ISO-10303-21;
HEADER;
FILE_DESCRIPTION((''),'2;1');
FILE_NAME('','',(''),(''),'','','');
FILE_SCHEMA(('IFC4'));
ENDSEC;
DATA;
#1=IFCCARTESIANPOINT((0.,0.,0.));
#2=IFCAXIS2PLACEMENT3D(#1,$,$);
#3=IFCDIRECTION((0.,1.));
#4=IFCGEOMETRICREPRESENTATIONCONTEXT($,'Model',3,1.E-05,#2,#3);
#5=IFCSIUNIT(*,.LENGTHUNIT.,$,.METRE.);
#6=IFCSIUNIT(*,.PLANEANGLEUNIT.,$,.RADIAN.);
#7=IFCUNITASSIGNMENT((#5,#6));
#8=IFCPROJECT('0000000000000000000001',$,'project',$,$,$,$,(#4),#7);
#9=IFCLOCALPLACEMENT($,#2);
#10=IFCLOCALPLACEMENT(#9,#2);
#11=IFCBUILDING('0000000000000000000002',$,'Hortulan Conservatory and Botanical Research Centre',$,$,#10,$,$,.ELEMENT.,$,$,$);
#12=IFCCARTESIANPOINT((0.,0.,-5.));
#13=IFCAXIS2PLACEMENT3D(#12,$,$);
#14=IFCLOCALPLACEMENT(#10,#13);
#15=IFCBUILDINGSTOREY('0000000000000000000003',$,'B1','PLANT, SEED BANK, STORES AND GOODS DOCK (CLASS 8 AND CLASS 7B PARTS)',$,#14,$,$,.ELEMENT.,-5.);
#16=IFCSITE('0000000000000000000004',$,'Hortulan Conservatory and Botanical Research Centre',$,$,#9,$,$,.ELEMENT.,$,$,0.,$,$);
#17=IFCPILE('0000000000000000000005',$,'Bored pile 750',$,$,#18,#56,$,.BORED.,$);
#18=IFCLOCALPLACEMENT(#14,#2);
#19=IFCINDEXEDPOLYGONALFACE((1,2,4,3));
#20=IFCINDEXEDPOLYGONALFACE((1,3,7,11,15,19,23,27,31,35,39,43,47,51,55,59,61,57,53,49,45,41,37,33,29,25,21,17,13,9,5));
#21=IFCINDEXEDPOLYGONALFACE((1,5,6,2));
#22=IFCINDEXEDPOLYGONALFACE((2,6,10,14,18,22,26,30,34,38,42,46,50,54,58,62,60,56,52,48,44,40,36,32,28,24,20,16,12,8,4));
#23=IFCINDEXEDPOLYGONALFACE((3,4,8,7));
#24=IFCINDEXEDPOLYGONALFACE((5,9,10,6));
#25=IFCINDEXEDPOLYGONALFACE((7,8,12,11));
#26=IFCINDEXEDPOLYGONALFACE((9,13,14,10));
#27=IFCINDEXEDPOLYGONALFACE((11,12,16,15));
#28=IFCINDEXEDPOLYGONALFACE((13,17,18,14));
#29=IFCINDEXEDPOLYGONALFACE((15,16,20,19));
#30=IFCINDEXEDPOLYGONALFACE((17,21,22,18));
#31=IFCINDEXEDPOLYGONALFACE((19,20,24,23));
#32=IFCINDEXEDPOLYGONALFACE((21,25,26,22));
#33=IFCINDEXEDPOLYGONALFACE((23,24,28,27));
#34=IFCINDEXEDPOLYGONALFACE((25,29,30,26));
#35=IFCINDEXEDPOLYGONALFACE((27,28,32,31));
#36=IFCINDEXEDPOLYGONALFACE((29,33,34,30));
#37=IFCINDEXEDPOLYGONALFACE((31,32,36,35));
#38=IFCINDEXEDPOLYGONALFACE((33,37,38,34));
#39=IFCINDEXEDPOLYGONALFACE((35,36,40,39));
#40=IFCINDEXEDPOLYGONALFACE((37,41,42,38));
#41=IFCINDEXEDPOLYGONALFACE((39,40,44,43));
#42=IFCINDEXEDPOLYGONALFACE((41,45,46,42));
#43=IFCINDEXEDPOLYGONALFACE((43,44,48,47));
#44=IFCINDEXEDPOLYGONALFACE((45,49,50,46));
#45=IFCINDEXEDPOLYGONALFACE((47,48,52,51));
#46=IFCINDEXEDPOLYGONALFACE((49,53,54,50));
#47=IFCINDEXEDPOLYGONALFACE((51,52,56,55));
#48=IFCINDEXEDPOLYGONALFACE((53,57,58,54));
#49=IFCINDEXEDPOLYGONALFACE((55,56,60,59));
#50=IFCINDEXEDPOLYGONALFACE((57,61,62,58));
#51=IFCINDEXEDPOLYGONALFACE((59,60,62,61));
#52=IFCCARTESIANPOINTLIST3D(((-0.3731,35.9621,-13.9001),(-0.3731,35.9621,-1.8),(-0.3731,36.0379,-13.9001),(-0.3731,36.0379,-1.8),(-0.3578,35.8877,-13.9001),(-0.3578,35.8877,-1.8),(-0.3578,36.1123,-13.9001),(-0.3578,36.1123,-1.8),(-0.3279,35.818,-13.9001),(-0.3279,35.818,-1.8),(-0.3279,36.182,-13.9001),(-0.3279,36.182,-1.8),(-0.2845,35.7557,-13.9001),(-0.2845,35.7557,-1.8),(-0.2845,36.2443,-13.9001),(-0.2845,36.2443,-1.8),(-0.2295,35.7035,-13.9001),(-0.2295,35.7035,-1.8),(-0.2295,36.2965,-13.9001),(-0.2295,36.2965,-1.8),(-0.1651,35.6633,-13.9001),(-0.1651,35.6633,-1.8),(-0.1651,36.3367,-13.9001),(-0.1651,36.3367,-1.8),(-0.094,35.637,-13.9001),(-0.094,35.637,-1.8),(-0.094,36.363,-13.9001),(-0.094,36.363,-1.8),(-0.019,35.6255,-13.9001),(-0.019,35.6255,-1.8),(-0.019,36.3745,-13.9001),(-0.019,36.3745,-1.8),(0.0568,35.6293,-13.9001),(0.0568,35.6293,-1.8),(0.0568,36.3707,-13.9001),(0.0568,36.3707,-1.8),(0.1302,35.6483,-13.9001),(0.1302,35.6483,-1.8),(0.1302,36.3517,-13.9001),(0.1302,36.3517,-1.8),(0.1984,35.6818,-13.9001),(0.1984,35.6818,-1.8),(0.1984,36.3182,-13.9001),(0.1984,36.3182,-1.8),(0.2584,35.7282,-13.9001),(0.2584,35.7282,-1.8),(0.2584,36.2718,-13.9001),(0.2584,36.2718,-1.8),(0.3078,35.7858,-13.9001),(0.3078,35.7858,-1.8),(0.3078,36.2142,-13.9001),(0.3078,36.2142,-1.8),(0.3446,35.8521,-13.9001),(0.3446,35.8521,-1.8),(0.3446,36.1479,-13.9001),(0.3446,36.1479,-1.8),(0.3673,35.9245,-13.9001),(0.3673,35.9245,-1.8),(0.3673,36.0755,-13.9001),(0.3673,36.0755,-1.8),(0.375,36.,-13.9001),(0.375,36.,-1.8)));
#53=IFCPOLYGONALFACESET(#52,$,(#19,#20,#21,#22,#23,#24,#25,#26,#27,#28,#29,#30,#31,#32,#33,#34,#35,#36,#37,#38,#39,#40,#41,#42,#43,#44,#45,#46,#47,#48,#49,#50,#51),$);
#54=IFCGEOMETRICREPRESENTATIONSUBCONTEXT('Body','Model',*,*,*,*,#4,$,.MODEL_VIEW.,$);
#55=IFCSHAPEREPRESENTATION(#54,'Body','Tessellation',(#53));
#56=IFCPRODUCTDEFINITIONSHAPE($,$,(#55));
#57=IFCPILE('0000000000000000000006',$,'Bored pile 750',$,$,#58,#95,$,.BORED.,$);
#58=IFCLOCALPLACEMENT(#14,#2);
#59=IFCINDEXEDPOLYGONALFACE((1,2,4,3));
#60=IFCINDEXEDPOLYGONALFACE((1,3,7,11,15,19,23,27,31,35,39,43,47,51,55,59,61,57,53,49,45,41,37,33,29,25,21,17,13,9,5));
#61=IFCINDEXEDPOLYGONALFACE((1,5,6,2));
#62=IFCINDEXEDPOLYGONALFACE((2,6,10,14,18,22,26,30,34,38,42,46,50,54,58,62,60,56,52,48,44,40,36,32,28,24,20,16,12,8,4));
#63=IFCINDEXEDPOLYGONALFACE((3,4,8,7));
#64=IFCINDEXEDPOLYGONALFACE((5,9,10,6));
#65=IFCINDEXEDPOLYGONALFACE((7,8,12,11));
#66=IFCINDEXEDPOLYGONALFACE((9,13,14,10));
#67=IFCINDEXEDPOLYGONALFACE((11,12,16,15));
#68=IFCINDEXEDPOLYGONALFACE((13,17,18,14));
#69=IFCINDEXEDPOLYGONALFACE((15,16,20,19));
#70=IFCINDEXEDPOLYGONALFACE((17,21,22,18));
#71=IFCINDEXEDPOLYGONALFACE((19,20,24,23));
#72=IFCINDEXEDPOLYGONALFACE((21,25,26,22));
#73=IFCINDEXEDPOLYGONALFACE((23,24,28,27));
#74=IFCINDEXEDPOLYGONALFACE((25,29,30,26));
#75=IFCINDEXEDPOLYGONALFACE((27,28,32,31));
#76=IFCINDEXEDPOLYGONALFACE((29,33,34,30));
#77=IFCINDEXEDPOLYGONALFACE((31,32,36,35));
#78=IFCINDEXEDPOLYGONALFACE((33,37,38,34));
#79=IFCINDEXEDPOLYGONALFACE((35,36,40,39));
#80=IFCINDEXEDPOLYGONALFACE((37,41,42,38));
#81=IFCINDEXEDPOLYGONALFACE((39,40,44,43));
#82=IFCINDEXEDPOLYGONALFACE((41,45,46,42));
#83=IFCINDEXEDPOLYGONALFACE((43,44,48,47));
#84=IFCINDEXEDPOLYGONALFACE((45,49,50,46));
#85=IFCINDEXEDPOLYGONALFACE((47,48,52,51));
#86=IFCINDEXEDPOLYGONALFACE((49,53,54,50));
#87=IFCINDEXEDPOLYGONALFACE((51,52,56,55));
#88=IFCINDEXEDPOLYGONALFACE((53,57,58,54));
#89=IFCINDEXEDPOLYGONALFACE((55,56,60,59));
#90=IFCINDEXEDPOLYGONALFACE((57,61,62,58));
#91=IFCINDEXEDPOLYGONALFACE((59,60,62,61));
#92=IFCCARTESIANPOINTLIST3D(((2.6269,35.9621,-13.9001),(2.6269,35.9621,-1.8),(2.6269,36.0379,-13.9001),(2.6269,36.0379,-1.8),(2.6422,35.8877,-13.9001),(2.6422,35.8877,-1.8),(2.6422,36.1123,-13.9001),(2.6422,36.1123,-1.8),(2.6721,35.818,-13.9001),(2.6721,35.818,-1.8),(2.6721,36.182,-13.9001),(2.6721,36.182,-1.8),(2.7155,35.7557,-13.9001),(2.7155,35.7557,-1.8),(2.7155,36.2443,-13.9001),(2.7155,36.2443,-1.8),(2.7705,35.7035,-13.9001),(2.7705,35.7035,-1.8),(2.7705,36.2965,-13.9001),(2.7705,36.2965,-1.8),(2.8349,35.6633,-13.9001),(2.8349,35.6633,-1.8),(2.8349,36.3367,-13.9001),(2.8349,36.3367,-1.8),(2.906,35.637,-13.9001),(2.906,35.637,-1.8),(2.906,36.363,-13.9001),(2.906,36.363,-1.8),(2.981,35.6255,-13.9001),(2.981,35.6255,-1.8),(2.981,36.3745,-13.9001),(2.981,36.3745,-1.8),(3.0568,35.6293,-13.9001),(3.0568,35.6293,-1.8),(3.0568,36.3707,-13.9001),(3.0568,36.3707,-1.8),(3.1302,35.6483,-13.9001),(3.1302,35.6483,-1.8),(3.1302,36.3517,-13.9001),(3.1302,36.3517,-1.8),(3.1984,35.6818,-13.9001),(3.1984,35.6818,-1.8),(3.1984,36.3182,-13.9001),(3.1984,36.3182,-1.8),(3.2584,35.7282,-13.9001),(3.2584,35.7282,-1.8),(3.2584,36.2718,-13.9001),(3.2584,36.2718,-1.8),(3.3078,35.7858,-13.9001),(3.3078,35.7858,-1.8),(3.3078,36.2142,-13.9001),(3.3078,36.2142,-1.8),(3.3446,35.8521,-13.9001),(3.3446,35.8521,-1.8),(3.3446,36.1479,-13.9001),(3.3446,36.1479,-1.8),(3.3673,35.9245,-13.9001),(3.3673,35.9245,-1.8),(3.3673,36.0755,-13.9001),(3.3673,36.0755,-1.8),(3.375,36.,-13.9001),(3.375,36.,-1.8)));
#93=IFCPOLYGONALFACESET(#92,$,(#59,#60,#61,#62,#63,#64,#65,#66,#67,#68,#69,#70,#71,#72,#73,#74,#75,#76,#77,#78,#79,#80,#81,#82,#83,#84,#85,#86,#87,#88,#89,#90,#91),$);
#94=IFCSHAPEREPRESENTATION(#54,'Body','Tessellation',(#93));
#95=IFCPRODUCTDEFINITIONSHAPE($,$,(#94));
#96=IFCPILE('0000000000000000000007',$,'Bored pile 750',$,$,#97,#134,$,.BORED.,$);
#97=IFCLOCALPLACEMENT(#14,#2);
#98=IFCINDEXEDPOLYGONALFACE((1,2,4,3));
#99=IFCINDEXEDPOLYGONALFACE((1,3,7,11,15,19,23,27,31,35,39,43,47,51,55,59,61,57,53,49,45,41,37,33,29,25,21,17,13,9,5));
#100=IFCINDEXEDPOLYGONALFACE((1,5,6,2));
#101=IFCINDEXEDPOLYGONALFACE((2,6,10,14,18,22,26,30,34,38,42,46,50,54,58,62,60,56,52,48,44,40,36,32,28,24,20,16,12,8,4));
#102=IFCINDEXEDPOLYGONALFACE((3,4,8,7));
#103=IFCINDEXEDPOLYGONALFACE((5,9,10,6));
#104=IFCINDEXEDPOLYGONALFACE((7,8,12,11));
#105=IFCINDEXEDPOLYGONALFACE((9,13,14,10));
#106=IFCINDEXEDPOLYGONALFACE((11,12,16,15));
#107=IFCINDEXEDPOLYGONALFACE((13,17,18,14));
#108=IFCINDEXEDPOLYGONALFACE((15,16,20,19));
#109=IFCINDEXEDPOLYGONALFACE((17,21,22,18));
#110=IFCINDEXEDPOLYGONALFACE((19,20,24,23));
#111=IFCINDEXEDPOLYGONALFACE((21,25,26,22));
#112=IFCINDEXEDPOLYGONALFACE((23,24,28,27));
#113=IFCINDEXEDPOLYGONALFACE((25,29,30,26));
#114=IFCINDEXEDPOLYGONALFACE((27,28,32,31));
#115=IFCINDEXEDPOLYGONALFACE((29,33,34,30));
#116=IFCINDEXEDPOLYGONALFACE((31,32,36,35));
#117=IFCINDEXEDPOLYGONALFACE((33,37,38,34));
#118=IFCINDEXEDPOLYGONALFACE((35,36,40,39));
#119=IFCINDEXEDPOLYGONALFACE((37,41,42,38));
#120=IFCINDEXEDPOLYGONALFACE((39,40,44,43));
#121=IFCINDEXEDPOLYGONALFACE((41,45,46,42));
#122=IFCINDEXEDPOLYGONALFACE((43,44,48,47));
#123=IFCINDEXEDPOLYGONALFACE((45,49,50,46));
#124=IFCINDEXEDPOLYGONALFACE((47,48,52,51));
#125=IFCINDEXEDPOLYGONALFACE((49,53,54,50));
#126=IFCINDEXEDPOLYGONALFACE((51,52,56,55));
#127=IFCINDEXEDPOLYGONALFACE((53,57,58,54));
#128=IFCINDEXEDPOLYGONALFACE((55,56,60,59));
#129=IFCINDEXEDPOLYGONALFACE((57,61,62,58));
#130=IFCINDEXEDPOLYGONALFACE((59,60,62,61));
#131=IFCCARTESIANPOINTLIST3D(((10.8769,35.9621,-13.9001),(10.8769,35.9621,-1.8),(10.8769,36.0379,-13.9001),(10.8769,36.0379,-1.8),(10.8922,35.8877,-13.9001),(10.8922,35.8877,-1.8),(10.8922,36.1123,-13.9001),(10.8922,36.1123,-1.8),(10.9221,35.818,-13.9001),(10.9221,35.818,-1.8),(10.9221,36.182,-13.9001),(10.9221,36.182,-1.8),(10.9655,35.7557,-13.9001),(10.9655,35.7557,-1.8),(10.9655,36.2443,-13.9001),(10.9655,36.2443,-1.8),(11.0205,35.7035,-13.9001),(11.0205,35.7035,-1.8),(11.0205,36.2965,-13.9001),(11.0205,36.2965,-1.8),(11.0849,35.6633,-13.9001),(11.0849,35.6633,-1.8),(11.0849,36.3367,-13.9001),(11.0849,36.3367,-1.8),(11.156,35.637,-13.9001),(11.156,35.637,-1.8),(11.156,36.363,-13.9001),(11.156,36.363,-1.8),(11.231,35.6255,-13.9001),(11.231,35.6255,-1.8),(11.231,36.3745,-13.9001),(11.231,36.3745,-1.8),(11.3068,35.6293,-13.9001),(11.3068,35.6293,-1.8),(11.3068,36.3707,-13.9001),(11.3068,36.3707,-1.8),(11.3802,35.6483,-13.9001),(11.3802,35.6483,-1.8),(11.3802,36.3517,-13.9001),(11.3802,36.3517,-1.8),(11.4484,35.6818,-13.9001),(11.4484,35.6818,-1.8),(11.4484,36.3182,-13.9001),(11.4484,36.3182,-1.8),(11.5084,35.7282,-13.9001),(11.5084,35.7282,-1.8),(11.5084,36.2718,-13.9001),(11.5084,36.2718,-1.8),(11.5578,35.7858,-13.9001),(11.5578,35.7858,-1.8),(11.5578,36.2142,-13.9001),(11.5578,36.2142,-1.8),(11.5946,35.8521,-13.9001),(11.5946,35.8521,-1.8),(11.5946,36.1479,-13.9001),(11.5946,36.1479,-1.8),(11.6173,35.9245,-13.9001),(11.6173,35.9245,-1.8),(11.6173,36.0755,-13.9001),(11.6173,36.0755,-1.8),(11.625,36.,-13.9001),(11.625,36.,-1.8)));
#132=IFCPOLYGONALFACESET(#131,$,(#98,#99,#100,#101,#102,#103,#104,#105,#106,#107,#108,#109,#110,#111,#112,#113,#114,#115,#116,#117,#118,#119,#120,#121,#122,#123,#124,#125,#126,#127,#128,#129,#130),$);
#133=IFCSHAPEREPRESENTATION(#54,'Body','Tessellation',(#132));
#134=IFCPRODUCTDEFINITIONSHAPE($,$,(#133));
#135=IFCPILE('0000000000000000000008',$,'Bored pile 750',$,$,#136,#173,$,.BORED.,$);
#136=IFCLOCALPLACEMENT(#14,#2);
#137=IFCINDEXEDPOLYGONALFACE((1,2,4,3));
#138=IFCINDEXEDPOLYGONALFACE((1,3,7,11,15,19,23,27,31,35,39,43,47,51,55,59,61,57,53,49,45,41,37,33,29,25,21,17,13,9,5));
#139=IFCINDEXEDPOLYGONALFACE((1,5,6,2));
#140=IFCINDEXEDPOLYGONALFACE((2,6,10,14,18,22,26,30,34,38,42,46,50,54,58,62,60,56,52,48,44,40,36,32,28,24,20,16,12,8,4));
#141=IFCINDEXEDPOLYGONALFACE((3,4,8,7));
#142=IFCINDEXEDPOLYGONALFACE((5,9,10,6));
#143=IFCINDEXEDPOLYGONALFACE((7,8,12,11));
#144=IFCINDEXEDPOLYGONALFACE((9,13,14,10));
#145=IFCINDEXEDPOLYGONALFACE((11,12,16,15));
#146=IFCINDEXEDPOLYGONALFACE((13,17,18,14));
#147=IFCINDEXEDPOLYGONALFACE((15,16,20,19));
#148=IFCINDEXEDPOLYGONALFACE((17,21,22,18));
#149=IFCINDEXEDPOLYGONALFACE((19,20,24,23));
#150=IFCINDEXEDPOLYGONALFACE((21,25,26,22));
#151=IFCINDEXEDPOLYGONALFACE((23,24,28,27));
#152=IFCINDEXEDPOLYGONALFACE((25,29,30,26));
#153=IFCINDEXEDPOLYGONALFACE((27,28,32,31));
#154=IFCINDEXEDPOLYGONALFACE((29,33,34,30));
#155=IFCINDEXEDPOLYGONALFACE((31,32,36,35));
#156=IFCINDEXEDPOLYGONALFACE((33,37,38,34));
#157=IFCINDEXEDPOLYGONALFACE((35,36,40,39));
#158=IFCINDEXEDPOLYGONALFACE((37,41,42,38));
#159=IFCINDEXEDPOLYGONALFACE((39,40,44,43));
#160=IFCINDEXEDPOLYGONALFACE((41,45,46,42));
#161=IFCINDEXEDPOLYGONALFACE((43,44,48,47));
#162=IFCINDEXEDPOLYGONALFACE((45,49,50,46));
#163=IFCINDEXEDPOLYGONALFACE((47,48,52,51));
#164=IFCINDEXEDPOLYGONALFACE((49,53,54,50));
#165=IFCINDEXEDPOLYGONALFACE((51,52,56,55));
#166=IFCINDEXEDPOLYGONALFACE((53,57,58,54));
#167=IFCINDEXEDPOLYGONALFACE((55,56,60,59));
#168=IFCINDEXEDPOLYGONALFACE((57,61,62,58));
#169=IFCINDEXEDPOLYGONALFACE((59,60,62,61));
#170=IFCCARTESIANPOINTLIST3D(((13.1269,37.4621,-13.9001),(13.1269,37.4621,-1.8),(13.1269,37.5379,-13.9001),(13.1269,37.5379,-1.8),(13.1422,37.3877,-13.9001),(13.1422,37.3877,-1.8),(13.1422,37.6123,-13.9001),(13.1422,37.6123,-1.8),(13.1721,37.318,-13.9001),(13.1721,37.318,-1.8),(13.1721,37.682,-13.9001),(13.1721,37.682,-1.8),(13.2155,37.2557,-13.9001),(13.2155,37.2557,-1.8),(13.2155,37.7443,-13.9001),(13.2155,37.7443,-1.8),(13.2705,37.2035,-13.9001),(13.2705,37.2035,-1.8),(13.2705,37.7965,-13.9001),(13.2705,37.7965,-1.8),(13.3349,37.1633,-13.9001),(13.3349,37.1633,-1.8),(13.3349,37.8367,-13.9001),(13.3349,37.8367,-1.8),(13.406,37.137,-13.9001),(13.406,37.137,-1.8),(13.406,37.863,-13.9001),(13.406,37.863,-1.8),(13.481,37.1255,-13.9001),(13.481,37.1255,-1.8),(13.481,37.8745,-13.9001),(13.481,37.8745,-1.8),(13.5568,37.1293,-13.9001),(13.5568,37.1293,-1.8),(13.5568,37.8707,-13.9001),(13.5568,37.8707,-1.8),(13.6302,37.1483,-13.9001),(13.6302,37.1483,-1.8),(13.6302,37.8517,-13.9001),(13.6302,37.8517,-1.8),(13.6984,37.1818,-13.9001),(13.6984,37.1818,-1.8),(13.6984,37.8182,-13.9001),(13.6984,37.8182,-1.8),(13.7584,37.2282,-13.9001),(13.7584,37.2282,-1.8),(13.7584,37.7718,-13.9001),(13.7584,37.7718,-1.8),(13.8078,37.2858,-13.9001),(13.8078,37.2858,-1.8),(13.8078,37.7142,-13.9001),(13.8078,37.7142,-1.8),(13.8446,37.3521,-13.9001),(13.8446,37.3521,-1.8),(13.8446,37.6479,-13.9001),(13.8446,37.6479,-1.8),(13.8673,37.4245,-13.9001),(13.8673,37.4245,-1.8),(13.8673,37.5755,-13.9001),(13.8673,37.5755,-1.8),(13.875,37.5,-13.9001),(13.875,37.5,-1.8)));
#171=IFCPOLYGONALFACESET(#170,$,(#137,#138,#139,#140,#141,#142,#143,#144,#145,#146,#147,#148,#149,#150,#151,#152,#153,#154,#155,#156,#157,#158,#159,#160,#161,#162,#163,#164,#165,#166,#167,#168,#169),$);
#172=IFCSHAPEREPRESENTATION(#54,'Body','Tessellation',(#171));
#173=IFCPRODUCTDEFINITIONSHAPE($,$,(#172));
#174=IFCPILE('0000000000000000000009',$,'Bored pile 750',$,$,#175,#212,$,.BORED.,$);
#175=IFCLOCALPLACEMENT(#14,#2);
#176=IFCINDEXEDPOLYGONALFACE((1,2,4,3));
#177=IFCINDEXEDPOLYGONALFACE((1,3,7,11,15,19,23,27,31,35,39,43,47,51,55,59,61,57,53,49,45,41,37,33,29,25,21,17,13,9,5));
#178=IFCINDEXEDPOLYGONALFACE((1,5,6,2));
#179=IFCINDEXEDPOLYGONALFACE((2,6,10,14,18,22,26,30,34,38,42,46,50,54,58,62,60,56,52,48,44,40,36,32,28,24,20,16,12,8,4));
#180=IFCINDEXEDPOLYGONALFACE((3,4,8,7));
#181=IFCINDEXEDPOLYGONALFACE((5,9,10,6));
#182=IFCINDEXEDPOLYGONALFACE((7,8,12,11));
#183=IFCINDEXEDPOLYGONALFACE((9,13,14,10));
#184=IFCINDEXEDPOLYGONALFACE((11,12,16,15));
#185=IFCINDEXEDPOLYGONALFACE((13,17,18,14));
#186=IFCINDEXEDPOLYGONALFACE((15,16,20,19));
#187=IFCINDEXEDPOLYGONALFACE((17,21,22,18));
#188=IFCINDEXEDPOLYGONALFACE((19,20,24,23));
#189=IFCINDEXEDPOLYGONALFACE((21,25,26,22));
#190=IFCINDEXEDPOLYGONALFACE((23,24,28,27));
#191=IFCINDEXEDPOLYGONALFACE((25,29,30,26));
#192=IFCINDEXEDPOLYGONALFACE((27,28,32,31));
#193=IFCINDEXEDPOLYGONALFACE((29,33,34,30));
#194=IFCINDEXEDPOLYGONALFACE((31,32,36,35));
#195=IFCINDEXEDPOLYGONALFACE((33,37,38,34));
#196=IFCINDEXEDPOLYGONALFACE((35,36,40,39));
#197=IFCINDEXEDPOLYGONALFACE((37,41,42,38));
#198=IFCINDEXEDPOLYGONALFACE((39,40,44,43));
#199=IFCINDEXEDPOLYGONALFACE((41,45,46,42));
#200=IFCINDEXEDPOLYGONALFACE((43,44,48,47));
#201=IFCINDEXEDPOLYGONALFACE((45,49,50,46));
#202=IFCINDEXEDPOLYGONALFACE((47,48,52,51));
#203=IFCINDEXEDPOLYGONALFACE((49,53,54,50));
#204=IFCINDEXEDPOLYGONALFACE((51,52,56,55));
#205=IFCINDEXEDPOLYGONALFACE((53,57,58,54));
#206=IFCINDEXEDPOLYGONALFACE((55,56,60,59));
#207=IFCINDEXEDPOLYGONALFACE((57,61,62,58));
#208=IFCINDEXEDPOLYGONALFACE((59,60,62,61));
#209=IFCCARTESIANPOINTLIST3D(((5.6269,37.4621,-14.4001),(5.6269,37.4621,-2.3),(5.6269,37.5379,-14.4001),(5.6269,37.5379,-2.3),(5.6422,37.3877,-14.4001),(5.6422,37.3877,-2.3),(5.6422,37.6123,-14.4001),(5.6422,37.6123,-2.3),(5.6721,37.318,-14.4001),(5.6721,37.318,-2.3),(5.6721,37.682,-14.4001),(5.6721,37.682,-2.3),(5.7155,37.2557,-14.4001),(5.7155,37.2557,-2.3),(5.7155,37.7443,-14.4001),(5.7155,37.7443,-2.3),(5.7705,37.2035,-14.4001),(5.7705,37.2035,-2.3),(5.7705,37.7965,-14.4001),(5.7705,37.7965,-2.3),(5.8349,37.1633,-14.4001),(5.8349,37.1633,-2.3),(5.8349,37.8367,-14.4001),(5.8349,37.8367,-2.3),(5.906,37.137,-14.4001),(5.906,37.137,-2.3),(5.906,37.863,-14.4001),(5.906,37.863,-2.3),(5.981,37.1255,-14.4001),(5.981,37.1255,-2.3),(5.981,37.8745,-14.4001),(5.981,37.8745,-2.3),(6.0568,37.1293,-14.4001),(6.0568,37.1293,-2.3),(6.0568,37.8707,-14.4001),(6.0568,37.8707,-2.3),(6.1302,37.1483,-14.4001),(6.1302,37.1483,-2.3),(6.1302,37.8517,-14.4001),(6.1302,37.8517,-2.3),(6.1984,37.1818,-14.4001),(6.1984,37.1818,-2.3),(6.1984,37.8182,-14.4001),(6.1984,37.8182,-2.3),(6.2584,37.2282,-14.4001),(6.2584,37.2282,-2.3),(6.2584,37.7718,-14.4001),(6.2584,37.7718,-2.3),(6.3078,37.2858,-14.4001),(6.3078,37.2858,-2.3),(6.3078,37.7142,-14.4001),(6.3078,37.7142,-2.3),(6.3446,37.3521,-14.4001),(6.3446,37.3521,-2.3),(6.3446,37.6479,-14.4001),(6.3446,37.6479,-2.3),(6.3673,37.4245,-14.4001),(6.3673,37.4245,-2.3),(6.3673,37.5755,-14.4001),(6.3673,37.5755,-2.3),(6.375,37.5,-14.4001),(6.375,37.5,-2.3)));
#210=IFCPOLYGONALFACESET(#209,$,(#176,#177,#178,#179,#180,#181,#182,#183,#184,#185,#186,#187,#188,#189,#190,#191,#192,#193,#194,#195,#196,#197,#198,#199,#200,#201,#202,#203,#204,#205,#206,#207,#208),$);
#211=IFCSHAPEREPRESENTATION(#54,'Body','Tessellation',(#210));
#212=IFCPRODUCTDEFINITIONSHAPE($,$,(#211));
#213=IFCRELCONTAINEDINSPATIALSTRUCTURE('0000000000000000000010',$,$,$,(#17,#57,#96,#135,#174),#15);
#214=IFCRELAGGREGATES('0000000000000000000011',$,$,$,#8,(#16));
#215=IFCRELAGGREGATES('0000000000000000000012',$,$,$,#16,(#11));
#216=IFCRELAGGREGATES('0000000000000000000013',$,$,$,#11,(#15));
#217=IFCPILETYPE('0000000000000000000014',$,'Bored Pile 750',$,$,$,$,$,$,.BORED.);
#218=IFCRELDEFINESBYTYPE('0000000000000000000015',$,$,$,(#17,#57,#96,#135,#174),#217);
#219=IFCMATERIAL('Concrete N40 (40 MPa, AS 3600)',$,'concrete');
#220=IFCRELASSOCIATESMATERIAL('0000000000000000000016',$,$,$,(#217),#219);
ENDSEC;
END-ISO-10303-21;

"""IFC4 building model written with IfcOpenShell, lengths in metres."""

from ifc_helpers import new_model, si_unit, direction, frame, origin, origin_2d, place, context, subcontext, project, spatial, circle, extrude, material, material_profile, profile_set, type_object, element, save


model = new_model("IFC4")

# Units and contexts
model_context = context("Model", 3, precision=1e-05, world=origin(), true_north=direction((0.0, 1.0)))
body_context = subcontext(model_context, "Body", "Model", "MODEL_VIEW")
ifc_project = project(units=[si_unit("LENGTHUNIT", "METRE"), si_unit("PLANEANGLEUNIT", "RADIAN")], contexts=[model_context])

# Site, building, storey
site_placement = place(None, origin())
site = spatial("IfcSite", under=ifc_project, at=site_placement, Name="Hortulan Conservatory and Botanical Research Centre", CompositionType="ELEMENT", RefElevation=0.0)
building_placement = place(site_placement, origin())
building = spatial("IfcBuilding", under=site, at=building_placement, Name="Hortulan Conservatory and Botanical Research Centre", CompositionType="ELEMENT")
storey_placement = place(building_placement, frame((0.0, 0.0, -5.0)))
storey = spatial("IfcBuildingStorey", under=building, at=storey_placement, Name="B1", Description="PLANT, SEED BANK, STORES AND GOODS DOCK (CLASS 8 AND CLASS 7B PARTS)", CompositionType="ELEMENT", Elevation=-5.0)

# Piles
ifc_material_1 = material(Name="Concrete N40 (40 MPa, AS 3600)", Category="concrete")
ifc_material_profile_1 = material_profile(ifc_material_1, circle(Radius=0.375, at=origin_2d()), Name="Bored pile 750 diameter")
ifc_profile_set_1 = profile_set([ifc_material_profile_1], Name="Concrete N40 (40 MPa, AS 3600)")
pile_type_1 = type_object("IfcPileType", Name="Bored Pile 750", PredefinedType="BORED", material=ifc_profile_set_1)
for number, where, z_axis, x_axis, name in (
    (1, (0.0, 36.0, -1.8), (0.0, 0.0, -1.0), (1.0, 0.0, 0.0), "Bored pile 750"),
    (2, (3.0, 36.0, -1.8), (0.0, 0.0, -1.0), (1.0, 0.0, 0.0), "Bored pile 750"),
    (3, (11.25, 36.0, -1.8), (0.0, 0.0, -1.0), (1.0, 0.0, 0.0), "Bored pile 750"),
    (4, (13.5, 37.5, -1.8), (0.0, 0.0, -1.0), (1.0, 0.0, 0.0), "Bored pile 750"),
    (5, (6.0, 37.5, -2.3), (0.0, 0.0, -1.0), (1.0, 0.0, 0.0), "Bored pile 750"),
):
    element("IfcPile", number, at=place(storey_placement, frame(where, z_axis=z_axis, x_axis=x_axis)), inside=storey, type_object=pile_type_1, Name=name, PredefinedType="BORED", context=body_context, shape_type="SweptSolid", body=[
        extrude(circle(Radius=0.375, at=origin_2d()), origin(), (0.0, 0.0, 1.0), 12.1001),
    ])

save(model, "model.ifc")
